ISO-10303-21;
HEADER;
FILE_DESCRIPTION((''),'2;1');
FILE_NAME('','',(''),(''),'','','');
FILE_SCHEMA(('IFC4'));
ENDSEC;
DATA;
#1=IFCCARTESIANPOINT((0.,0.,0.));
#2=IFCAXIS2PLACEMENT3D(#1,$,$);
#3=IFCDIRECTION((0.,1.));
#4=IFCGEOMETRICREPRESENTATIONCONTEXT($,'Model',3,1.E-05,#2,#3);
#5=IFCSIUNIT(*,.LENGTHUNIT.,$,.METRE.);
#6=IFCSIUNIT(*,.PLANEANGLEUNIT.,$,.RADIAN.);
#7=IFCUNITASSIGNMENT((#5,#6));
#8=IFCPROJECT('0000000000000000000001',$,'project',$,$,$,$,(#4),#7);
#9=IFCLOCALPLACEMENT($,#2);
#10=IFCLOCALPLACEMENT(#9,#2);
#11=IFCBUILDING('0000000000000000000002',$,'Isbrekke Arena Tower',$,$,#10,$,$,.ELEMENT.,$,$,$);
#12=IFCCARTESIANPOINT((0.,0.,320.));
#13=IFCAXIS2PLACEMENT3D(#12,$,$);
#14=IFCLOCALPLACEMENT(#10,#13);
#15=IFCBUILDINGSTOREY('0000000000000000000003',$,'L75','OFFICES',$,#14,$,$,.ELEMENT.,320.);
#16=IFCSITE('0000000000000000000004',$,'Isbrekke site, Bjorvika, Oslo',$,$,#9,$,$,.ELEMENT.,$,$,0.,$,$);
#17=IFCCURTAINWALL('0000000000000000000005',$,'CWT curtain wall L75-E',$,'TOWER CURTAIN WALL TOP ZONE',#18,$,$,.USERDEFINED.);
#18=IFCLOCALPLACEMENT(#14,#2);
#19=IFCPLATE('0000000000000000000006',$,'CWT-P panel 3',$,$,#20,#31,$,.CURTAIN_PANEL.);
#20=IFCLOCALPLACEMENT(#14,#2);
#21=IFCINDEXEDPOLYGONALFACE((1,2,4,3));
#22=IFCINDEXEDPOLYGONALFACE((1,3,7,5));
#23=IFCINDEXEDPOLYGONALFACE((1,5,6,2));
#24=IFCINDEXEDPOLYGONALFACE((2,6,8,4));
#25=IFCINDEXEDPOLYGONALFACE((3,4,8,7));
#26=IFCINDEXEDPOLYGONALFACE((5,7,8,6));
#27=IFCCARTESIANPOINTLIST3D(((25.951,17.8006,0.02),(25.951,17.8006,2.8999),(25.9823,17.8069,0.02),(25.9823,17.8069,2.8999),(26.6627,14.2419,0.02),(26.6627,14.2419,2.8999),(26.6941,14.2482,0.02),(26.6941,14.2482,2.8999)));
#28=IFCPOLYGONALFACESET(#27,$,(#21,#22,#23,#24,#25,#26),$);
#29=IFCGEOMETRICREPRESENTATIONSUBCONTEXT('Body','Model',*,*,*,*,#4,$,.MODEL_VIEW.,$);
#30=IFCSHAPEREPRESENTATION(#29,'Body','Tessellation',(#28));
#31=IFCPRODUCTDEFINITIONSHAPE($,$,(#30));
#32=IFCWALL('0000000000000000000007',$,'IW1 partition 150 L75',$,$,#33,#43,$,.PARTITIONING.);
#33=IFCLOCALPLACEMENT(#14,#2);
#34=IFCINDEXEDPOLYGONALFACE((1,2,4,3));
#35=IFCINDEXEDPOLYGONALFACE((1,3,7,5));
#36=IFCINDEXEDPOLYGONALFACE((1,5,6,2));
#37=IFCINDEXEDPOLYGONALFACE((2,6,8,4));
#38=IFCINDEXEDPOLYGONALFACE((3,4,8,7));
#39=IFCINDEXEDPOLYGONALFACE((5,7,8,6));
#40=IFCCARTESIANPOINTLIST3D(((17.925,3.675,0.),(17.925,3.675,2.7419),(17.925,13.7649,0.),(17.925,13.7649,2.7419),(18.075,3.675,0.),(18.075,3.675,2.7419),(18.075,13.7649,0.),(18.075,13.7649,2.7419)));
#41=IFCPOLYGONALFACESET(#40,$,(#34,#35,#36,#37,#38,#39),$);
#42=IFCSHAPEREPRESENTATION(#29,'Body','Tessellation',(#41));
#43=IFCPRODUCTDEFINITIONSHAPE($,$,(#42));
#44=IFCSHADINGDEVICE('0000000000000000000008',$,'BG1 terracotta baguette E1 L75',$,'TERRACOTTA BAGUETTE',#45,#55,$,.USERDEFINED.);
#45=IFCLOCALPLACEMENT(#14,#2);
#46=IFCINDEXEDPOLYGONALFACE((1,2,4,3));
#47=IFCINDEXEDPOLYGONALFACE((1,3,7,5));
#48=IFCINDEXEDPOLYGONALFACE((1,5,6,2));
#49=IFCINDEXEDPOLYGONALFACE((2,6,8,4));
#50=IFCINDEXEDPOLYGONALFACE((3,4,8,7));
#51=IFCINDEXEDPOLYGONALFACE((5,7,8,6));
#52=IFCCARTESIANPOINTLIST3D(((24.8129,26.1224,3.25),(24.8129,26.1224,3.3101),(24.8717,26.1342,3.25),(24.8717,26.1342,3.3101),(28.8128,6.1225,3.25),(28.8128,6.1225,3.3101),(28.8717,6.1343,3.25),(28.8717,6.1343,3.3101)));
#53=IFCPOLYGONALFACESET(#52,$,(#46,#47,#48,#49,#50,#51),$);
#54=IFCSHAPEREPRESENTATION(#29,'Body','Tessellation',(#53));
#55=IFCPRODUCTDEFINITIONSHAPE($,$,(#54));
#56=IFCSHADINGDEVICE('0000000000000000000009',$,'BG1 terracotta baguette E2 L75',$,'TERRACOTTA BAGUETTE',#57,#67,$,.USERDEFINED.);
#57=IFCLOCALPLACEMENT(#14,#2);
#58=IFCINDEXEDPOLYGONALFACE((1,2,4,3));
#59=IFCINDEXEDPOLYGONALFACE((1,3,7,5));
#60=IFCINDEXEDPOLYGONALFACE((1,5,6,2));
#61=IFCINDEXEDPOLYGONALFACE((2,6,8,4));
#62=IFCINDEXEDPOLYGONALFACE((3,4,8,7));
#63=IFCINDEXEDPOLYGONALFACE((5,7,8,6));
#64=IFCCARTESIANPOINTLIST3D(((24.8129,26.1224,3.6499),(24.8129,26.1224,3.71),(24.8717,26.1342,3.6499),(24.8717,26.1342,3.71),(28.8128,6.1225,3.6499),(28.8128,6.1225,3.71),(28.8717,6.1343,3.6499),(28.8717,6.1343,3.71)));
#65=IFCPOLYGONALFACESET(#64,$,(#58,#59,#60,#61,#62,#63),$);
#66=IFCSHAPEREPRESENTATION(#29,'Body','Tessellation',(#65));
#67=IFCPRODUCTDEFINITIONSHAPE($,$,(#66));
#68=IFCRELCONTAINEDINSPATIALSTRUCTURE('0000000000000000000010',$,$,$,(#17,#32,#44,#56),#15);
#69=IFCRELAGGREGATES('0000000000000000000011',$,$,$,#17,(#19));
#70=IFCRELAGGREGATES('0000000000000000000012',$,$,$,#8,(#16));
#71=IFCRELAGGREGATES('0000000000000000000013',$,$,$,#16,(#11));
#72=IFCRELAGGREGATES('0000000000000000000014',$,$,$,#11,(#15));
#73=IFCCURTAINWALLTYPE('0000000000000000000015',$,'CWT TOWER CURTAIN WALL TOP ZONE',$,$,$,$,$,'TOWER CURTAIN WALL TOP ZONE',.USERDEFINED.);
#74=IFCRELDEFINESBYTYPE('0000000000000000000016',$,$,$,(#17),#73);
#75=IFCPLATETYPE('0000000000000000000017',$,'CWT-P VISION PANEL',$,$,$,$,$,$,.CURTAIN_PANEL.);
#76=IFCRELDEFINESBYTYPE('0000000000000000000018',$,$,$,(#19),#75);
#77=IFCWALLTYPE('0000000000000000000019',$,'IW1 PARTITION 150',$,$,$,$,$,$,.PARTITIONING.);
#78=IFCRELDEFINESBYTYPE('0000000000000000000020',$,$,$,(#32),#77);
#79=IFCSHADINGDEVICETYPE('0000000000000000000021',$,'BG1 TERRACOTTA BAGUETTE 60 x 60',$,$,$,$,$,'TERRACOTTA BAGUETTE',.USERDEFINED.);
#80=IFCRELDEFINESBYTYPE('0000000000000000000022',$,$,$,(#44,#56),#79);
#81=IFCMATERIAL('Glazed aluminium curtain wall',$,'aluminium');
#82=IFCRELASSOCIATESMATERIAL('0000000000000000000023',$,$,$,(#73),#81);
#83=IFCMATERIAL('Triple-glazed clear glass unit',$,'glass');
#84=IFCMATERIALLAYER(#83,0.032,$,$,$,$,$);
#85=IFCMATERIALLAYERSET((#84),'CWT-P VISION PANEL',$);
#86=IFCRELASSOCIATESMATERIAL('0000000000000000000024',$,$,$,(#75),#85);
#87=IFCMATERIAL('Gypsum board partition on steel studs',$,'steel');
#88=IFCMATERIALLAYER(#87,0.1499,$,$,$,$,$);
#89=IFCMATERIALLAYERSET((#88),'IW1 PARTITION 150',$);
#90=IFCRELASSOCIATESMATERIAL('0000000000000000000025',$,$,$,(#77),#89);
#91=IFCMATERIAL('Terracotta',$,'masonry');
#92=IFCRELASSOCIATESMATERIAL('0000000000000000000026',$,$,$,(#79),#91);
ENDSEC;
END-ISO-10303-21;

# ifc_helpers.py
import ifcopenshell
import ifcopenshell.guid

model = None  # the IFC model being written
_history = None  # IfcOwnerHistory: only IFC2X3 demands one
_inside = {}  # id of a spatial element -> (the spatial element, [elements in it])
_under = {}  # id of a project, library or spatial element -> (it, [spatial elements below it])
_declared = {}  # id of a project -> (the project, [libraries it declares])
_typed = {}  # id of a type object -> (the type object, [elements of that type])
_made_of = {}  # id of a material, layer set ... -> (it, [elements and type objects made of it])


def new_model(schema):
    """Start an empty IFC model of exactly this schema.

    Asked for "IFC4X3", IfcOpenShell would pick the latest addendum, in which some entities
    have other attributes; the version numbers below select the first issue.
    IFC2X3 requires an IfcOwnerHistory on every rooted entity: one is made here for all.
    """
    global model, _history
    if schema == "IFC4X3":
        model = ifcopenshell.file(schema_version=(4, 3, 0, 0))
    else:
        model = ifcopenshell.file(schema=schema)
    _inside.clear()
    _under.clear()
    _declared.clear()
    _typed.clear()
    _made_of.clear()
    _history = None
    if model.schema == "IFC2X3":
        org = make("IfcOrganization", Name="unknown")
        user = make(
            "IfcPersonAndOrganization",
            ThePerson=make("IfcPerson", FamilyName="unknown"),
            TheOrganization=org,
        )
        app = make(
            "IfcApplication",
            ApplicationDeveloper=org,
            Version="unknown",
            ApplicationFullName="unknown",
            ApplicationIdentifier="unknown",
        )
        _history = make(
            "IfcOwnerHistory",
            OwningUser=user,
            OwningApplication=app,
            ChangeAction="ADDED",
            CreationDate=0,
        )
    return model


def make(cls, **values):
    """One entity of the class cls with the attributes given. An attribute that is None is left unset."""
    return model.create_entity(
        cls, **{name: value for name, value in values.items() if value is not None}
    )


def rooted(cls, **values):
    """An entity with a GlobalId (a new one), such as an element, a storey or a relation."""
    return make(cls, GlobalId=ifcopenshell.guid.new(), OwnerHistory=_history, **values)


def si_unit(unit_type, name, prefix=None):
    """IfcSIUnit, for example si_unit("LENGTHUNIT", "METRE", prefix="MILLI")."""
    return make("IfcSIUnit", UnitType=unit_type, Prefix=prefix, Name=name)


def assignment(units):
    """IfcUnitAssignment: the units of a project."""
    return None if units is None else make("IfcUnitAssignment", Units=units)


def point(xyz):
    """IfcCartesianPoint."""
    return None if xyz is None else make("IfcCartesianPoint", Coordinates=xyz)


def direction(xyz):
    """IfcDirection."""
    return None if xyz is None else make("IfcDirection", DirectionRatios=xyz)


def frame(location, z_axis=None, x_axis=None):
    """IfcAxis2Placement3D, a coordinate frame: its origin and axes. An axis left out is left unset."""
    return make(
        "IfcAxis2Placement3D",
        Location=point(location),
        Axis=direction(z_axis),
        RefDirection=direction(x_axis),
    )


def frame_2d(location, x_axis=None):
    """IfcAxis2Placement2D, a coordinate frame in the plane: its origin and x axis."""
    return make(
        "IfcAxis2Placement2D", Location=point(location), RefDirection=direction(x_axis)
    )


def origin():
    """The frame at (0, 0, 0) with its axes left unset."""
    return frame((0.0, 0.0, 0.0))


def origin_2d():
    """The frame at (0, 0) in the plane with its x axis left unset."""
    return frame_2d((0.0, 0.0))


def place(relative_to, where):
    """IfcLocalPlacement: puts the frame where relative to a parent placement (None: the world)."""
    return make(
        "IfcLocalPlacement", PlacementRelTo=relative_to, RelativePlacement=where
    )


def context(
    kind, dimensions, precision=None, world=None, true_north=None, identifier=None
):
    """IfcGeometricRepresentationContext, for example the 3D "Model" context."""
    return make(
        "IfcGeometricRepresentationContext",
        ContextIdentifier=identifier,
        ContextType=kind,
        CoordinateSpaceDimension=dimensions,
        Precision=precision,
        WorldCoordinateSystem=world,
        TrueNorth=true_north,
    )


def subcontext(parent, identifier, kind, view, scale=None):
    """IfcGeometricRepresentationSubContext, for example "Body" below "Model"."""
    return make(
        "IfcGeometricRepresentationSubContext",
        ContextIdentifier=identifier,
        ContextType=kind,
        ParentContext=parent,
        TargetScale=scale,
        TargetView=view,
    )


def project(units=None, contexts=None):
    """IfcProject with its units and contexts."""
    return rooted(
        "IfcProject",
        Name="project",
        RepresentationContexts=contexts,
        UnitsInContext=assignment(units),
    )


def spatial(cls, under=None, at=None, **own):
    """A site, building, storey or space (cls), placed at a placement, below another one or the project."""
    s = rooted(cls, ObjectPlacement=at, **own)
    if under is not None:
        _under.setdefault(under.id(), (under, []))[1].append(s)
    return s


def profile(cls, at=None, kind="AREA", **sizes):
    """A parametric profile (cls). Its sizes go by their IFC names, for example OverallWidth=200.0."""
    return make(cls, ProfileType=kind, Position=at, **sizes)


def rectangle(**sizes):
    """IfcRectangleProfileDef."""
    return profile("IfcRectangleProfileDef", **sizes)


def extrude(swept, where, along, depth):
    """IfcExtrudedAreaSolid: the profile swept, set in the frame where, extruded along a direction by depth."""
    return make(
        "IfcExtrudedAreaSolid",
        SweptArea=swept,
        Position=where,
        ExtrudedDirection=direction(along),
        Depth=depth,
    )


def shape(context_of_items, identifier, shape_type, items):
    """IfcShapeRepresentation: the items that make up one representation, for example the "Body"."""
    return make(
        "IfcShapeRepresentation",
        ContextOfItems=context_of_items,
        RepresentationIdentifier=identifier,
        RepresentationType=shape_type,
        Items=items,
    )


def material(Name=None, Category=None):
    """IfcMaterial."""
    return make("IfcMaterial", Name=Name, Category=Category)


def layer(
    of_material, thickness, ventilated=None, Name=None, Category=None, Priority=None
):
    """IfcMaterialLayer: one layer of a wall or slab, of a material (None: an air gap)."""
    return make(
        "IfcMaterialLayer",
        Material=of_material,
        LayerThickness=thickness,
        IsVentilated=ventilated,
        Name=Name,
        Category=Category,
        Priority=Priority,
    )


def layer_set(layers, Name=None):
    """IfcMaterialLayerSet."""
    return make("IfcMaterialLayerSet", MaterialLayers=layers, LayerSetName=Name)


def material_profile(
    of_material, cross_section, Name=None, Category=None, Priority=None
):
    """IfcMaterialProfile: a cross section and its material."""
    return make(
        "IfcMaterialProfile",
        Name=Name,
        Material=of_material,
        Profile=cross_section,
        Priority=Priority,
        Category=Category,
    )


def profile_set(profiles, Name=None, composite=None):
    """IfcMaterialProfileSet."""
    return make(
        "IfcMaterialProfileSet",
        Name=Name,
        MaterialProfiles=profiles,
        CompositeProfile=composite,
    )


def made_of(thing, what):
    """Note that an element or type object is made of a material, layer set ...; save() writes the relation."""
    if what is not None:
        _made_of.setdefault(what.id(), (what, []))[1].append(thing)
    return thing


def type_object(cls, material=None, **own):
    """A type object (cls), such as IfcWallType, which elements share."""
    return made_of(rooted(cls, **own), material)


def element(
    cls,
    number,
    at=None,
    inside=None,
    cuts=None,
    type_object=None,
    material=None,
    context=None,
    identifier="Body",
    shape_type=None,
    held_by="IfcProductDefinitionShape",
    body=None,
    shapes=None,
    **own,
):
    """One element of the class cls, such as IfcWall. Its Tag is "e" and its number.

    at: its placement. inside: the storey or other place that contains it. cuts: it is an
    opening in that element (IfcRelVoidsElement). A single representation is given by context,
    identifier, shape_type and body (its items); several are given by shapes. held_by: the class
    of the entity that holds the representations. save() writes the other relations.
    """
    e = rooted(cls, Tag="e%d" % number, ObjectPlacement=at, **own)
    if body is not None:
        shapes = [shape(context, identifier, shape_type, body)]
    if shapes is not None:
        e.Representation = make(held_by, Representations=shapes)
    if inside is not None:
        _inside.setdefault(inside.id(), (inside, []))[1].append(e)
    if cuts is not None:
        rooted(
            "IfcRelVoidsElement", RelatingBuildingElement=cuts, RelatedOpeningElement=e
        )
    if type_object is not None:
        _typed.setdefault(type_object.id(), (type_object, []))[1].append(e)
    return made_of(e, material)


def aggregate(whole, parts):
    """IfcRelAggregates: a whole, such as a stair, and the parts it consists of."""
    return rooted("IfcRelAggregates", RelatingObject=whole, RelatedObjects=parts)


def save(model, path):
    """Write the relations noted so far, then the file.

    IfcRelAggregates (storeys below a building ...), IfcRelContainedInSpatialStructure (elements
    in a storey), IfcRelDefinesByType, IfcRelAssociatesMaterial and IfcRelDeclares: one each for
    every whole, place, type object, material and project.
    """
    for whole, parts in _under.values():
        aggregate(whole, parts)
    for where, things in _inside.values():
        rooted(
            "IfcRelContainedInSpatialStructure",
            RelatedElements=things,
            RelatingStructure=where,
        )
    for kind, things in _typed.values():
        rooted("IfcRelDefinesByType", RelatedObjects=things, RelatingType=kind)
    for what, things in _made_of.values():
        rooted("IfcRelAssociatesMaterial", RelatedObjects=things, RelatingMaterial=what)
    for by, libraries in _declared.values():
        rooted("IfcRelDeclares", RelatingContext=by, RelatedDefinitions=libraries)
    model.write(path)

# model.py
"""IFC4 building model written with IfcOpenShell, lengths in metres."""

from ifc_helpers import new_model, si_unit, direction, frame, frame_2d, origin, origin_2d, place, context, subcontext, project, spatial, rectangle, extrude, material, layer, layer_set, material_profile, profile_set, type_object, element, aggregate, save


model = new_model("IFC4")

# Units and contexts
model_context = context("Model", 3, precision=1e-05, world=origin(), true_north=direction((0.0, 1.0)))
body_context = subcontext(model_context, "Body", "Model", "MODEL_VIEW")
ifc_project = project(units=[si_unit("LENGTHUNIT", "METRE"), si_unit("PLANEANGLEUNIT", "RADIAN")], contexts=[model_context])

# Site, building, storey
site_placement = place(None, origin())
site = spatial("IfcSite", under=ifc_project, at=site_placement, Name="Isbrekke site, Bjorvika, Oslo", CompositionType="ELEMENT", RefElevation=0.0)
building_placement = place(site_placement, origin())
building = spatial("IfcBuilding", under=site, at=building_placement, Name="Isbrekke Arena Tower", CompositionType="ELEMENT")
storey_placement = place(building_placement, frame((0.0, 0.0, 320.0)))
storey = spatial("IfcBuildingStorey", under=building, at=storey_placement, Name="L75", Description="OFFICES", CompositionType="ELEMENT", Elevation=320.0)

# Curtain wall
ifc_material_1 = material(Name="Glazed aluminium curtain wall", Category="aluminium")
curtain_wall_type = type_object("IfcCurtainWallType", Name="CWT TOWER CURTAIN WALL TOP ZONE", ElementType="TOWER CURTAIN WALL TOP ZONE", PredefinedType="USERDEFINED", material=ifc_material_1)
curtain_wall_1_placement = place(storey_placement, origin())
curtain_wall_1 = element("IfcCurtainWall", 1, at=curtain_wall_1_placement, inside=storey, type_object=curtain_wall_type, Name="CWT curtain wall L75-E", ObjectType="TOWER CURTAIN WALL TOP ZONE", PredefinedType="USERDEFINED")

# Plate
ifc_material_2 = material(Name="Triple-glazed clear glass unit", Category="glass")
ifc_layer_1 = layer(ifc_material_2, 0.032)
ifc_layer_set_1 = layer_set([ifc_layer_1], Name="CWT-P VISION PANEL")
plate_type = type_object("IfcPlateType", Name="CWT-P VISION PANEL", PredefinedType="CURTAIN_PANEL", material=ifc_layer_set_1)
plate_1_placement = place(storey_placement, frame((26.3225, 16.0244, 0.02), z_axis=(0.0, 0.0, 1.0), x_axis=(-0.196116, 0.980581, 0.0)))
plate_1 = element("IfcPlate", 2, at=plate_1_placement, type_object=plate_type, Name="CWT-P panel 3", PredefinedType="CURTAIN_PANEL", context=body_context, shape_type="SweptSolid", body=[
    extrude(rectangle(XDim=3.6292, YDim=0.032, at=origin_2d()), origin(), (0.0, 0.0, 1.0), 2.8799),
])
aggregate(curtain_wall_1, [plate_1])

# Shared definitions
ifc_material_3 = material(Name="Gypsum board partition on steel studs", Category="steel")
ifc_layer_2 = layer(ifc_material_3, 0.1499)
ifc_layer_set_2 = layer_set([ifc_layer_2], Name="IW1 PARTITION 150")
wall_type_1 = type_object("IfcWallType", Name="IW1 PARTITION 150", PredefinedType="PARTITIONING", material=ifc_layer_set_2)

# Wall
wall_1_placement = place(storey_placement, frame((18.0, 3.675, 0.0), z_axis=(0.0, 0.0, 1.0), x_axis=(0.0, 1.0, 0.0)))
element("IfcWall", 3, at=wall_1_placement, inside=storey, type_object=wall_type_1, Name="IW1 partition 150 L75", PredefinedType="PARTITIONING", context=body_context, shape_type="SweptSolid", body=[
    extrude(rectangle(XDim=10.0898, YDim=0.1499, at=frame_2d((5.0449, 0.0))), origin(), (0.0, 0.0, 1.0), 2.7419),
])

# Shading devices
ifc_material_4 = material(Name="Terracotta", Category="masonry")
ifc_material_profile_1 = material_profile(ifc_material_4, rectangle(XDim=0.0601, YDim=0.0601, at=origin_2d()), Name="BAGUETTE 60X60")
ifc_profile_set_1 = profile_set([ifc_material_profile_1], Name="Terracotta")
shading_device_type = type_object("IfcShadingDeviceType", Name="BG1 TERRACOTTA BAGUETTE 60 x 60", ElementType="TERRACOTTA BAGUETTE", PredefinedType="USERDEFINED", material=ifc_profile_set_1)
for number, where, z_axis, x_axis, name in (
    (4, (28.8423, 6.1284, 3.28), (-0.196116, 0.980581, 0.0), (-0.980581, -0.196116, 0.0), "BG1 terracotta baguette E1 L75"),
    (5, (28.8423, 6.1284, 3.6799), (-0.196116, 0.980581, 0.0), (-0.980581, -0.196116, 0.0), "BG1 terracotta baguette E2 L75"),
):
    element("IfcShadingDevice", number, at=place(storey_placement, frame(where, z_axis=z_axis, x_axis=x_axis)), inside=storey, type_object=shading_device_type, Name=name, ObjectType="TERRACOTTA BAGUETTE", PredefinedType="USERDEFINED", context=body_context, shape_type="SweptSolid", body=[
        extrude(rectangle(XDim=0.0601, YDim=0.0601, at=origin_2d()), origin(), (0.0, 0.0, 1.0), 20.396),
    ])

save(model, "model.ifc")
